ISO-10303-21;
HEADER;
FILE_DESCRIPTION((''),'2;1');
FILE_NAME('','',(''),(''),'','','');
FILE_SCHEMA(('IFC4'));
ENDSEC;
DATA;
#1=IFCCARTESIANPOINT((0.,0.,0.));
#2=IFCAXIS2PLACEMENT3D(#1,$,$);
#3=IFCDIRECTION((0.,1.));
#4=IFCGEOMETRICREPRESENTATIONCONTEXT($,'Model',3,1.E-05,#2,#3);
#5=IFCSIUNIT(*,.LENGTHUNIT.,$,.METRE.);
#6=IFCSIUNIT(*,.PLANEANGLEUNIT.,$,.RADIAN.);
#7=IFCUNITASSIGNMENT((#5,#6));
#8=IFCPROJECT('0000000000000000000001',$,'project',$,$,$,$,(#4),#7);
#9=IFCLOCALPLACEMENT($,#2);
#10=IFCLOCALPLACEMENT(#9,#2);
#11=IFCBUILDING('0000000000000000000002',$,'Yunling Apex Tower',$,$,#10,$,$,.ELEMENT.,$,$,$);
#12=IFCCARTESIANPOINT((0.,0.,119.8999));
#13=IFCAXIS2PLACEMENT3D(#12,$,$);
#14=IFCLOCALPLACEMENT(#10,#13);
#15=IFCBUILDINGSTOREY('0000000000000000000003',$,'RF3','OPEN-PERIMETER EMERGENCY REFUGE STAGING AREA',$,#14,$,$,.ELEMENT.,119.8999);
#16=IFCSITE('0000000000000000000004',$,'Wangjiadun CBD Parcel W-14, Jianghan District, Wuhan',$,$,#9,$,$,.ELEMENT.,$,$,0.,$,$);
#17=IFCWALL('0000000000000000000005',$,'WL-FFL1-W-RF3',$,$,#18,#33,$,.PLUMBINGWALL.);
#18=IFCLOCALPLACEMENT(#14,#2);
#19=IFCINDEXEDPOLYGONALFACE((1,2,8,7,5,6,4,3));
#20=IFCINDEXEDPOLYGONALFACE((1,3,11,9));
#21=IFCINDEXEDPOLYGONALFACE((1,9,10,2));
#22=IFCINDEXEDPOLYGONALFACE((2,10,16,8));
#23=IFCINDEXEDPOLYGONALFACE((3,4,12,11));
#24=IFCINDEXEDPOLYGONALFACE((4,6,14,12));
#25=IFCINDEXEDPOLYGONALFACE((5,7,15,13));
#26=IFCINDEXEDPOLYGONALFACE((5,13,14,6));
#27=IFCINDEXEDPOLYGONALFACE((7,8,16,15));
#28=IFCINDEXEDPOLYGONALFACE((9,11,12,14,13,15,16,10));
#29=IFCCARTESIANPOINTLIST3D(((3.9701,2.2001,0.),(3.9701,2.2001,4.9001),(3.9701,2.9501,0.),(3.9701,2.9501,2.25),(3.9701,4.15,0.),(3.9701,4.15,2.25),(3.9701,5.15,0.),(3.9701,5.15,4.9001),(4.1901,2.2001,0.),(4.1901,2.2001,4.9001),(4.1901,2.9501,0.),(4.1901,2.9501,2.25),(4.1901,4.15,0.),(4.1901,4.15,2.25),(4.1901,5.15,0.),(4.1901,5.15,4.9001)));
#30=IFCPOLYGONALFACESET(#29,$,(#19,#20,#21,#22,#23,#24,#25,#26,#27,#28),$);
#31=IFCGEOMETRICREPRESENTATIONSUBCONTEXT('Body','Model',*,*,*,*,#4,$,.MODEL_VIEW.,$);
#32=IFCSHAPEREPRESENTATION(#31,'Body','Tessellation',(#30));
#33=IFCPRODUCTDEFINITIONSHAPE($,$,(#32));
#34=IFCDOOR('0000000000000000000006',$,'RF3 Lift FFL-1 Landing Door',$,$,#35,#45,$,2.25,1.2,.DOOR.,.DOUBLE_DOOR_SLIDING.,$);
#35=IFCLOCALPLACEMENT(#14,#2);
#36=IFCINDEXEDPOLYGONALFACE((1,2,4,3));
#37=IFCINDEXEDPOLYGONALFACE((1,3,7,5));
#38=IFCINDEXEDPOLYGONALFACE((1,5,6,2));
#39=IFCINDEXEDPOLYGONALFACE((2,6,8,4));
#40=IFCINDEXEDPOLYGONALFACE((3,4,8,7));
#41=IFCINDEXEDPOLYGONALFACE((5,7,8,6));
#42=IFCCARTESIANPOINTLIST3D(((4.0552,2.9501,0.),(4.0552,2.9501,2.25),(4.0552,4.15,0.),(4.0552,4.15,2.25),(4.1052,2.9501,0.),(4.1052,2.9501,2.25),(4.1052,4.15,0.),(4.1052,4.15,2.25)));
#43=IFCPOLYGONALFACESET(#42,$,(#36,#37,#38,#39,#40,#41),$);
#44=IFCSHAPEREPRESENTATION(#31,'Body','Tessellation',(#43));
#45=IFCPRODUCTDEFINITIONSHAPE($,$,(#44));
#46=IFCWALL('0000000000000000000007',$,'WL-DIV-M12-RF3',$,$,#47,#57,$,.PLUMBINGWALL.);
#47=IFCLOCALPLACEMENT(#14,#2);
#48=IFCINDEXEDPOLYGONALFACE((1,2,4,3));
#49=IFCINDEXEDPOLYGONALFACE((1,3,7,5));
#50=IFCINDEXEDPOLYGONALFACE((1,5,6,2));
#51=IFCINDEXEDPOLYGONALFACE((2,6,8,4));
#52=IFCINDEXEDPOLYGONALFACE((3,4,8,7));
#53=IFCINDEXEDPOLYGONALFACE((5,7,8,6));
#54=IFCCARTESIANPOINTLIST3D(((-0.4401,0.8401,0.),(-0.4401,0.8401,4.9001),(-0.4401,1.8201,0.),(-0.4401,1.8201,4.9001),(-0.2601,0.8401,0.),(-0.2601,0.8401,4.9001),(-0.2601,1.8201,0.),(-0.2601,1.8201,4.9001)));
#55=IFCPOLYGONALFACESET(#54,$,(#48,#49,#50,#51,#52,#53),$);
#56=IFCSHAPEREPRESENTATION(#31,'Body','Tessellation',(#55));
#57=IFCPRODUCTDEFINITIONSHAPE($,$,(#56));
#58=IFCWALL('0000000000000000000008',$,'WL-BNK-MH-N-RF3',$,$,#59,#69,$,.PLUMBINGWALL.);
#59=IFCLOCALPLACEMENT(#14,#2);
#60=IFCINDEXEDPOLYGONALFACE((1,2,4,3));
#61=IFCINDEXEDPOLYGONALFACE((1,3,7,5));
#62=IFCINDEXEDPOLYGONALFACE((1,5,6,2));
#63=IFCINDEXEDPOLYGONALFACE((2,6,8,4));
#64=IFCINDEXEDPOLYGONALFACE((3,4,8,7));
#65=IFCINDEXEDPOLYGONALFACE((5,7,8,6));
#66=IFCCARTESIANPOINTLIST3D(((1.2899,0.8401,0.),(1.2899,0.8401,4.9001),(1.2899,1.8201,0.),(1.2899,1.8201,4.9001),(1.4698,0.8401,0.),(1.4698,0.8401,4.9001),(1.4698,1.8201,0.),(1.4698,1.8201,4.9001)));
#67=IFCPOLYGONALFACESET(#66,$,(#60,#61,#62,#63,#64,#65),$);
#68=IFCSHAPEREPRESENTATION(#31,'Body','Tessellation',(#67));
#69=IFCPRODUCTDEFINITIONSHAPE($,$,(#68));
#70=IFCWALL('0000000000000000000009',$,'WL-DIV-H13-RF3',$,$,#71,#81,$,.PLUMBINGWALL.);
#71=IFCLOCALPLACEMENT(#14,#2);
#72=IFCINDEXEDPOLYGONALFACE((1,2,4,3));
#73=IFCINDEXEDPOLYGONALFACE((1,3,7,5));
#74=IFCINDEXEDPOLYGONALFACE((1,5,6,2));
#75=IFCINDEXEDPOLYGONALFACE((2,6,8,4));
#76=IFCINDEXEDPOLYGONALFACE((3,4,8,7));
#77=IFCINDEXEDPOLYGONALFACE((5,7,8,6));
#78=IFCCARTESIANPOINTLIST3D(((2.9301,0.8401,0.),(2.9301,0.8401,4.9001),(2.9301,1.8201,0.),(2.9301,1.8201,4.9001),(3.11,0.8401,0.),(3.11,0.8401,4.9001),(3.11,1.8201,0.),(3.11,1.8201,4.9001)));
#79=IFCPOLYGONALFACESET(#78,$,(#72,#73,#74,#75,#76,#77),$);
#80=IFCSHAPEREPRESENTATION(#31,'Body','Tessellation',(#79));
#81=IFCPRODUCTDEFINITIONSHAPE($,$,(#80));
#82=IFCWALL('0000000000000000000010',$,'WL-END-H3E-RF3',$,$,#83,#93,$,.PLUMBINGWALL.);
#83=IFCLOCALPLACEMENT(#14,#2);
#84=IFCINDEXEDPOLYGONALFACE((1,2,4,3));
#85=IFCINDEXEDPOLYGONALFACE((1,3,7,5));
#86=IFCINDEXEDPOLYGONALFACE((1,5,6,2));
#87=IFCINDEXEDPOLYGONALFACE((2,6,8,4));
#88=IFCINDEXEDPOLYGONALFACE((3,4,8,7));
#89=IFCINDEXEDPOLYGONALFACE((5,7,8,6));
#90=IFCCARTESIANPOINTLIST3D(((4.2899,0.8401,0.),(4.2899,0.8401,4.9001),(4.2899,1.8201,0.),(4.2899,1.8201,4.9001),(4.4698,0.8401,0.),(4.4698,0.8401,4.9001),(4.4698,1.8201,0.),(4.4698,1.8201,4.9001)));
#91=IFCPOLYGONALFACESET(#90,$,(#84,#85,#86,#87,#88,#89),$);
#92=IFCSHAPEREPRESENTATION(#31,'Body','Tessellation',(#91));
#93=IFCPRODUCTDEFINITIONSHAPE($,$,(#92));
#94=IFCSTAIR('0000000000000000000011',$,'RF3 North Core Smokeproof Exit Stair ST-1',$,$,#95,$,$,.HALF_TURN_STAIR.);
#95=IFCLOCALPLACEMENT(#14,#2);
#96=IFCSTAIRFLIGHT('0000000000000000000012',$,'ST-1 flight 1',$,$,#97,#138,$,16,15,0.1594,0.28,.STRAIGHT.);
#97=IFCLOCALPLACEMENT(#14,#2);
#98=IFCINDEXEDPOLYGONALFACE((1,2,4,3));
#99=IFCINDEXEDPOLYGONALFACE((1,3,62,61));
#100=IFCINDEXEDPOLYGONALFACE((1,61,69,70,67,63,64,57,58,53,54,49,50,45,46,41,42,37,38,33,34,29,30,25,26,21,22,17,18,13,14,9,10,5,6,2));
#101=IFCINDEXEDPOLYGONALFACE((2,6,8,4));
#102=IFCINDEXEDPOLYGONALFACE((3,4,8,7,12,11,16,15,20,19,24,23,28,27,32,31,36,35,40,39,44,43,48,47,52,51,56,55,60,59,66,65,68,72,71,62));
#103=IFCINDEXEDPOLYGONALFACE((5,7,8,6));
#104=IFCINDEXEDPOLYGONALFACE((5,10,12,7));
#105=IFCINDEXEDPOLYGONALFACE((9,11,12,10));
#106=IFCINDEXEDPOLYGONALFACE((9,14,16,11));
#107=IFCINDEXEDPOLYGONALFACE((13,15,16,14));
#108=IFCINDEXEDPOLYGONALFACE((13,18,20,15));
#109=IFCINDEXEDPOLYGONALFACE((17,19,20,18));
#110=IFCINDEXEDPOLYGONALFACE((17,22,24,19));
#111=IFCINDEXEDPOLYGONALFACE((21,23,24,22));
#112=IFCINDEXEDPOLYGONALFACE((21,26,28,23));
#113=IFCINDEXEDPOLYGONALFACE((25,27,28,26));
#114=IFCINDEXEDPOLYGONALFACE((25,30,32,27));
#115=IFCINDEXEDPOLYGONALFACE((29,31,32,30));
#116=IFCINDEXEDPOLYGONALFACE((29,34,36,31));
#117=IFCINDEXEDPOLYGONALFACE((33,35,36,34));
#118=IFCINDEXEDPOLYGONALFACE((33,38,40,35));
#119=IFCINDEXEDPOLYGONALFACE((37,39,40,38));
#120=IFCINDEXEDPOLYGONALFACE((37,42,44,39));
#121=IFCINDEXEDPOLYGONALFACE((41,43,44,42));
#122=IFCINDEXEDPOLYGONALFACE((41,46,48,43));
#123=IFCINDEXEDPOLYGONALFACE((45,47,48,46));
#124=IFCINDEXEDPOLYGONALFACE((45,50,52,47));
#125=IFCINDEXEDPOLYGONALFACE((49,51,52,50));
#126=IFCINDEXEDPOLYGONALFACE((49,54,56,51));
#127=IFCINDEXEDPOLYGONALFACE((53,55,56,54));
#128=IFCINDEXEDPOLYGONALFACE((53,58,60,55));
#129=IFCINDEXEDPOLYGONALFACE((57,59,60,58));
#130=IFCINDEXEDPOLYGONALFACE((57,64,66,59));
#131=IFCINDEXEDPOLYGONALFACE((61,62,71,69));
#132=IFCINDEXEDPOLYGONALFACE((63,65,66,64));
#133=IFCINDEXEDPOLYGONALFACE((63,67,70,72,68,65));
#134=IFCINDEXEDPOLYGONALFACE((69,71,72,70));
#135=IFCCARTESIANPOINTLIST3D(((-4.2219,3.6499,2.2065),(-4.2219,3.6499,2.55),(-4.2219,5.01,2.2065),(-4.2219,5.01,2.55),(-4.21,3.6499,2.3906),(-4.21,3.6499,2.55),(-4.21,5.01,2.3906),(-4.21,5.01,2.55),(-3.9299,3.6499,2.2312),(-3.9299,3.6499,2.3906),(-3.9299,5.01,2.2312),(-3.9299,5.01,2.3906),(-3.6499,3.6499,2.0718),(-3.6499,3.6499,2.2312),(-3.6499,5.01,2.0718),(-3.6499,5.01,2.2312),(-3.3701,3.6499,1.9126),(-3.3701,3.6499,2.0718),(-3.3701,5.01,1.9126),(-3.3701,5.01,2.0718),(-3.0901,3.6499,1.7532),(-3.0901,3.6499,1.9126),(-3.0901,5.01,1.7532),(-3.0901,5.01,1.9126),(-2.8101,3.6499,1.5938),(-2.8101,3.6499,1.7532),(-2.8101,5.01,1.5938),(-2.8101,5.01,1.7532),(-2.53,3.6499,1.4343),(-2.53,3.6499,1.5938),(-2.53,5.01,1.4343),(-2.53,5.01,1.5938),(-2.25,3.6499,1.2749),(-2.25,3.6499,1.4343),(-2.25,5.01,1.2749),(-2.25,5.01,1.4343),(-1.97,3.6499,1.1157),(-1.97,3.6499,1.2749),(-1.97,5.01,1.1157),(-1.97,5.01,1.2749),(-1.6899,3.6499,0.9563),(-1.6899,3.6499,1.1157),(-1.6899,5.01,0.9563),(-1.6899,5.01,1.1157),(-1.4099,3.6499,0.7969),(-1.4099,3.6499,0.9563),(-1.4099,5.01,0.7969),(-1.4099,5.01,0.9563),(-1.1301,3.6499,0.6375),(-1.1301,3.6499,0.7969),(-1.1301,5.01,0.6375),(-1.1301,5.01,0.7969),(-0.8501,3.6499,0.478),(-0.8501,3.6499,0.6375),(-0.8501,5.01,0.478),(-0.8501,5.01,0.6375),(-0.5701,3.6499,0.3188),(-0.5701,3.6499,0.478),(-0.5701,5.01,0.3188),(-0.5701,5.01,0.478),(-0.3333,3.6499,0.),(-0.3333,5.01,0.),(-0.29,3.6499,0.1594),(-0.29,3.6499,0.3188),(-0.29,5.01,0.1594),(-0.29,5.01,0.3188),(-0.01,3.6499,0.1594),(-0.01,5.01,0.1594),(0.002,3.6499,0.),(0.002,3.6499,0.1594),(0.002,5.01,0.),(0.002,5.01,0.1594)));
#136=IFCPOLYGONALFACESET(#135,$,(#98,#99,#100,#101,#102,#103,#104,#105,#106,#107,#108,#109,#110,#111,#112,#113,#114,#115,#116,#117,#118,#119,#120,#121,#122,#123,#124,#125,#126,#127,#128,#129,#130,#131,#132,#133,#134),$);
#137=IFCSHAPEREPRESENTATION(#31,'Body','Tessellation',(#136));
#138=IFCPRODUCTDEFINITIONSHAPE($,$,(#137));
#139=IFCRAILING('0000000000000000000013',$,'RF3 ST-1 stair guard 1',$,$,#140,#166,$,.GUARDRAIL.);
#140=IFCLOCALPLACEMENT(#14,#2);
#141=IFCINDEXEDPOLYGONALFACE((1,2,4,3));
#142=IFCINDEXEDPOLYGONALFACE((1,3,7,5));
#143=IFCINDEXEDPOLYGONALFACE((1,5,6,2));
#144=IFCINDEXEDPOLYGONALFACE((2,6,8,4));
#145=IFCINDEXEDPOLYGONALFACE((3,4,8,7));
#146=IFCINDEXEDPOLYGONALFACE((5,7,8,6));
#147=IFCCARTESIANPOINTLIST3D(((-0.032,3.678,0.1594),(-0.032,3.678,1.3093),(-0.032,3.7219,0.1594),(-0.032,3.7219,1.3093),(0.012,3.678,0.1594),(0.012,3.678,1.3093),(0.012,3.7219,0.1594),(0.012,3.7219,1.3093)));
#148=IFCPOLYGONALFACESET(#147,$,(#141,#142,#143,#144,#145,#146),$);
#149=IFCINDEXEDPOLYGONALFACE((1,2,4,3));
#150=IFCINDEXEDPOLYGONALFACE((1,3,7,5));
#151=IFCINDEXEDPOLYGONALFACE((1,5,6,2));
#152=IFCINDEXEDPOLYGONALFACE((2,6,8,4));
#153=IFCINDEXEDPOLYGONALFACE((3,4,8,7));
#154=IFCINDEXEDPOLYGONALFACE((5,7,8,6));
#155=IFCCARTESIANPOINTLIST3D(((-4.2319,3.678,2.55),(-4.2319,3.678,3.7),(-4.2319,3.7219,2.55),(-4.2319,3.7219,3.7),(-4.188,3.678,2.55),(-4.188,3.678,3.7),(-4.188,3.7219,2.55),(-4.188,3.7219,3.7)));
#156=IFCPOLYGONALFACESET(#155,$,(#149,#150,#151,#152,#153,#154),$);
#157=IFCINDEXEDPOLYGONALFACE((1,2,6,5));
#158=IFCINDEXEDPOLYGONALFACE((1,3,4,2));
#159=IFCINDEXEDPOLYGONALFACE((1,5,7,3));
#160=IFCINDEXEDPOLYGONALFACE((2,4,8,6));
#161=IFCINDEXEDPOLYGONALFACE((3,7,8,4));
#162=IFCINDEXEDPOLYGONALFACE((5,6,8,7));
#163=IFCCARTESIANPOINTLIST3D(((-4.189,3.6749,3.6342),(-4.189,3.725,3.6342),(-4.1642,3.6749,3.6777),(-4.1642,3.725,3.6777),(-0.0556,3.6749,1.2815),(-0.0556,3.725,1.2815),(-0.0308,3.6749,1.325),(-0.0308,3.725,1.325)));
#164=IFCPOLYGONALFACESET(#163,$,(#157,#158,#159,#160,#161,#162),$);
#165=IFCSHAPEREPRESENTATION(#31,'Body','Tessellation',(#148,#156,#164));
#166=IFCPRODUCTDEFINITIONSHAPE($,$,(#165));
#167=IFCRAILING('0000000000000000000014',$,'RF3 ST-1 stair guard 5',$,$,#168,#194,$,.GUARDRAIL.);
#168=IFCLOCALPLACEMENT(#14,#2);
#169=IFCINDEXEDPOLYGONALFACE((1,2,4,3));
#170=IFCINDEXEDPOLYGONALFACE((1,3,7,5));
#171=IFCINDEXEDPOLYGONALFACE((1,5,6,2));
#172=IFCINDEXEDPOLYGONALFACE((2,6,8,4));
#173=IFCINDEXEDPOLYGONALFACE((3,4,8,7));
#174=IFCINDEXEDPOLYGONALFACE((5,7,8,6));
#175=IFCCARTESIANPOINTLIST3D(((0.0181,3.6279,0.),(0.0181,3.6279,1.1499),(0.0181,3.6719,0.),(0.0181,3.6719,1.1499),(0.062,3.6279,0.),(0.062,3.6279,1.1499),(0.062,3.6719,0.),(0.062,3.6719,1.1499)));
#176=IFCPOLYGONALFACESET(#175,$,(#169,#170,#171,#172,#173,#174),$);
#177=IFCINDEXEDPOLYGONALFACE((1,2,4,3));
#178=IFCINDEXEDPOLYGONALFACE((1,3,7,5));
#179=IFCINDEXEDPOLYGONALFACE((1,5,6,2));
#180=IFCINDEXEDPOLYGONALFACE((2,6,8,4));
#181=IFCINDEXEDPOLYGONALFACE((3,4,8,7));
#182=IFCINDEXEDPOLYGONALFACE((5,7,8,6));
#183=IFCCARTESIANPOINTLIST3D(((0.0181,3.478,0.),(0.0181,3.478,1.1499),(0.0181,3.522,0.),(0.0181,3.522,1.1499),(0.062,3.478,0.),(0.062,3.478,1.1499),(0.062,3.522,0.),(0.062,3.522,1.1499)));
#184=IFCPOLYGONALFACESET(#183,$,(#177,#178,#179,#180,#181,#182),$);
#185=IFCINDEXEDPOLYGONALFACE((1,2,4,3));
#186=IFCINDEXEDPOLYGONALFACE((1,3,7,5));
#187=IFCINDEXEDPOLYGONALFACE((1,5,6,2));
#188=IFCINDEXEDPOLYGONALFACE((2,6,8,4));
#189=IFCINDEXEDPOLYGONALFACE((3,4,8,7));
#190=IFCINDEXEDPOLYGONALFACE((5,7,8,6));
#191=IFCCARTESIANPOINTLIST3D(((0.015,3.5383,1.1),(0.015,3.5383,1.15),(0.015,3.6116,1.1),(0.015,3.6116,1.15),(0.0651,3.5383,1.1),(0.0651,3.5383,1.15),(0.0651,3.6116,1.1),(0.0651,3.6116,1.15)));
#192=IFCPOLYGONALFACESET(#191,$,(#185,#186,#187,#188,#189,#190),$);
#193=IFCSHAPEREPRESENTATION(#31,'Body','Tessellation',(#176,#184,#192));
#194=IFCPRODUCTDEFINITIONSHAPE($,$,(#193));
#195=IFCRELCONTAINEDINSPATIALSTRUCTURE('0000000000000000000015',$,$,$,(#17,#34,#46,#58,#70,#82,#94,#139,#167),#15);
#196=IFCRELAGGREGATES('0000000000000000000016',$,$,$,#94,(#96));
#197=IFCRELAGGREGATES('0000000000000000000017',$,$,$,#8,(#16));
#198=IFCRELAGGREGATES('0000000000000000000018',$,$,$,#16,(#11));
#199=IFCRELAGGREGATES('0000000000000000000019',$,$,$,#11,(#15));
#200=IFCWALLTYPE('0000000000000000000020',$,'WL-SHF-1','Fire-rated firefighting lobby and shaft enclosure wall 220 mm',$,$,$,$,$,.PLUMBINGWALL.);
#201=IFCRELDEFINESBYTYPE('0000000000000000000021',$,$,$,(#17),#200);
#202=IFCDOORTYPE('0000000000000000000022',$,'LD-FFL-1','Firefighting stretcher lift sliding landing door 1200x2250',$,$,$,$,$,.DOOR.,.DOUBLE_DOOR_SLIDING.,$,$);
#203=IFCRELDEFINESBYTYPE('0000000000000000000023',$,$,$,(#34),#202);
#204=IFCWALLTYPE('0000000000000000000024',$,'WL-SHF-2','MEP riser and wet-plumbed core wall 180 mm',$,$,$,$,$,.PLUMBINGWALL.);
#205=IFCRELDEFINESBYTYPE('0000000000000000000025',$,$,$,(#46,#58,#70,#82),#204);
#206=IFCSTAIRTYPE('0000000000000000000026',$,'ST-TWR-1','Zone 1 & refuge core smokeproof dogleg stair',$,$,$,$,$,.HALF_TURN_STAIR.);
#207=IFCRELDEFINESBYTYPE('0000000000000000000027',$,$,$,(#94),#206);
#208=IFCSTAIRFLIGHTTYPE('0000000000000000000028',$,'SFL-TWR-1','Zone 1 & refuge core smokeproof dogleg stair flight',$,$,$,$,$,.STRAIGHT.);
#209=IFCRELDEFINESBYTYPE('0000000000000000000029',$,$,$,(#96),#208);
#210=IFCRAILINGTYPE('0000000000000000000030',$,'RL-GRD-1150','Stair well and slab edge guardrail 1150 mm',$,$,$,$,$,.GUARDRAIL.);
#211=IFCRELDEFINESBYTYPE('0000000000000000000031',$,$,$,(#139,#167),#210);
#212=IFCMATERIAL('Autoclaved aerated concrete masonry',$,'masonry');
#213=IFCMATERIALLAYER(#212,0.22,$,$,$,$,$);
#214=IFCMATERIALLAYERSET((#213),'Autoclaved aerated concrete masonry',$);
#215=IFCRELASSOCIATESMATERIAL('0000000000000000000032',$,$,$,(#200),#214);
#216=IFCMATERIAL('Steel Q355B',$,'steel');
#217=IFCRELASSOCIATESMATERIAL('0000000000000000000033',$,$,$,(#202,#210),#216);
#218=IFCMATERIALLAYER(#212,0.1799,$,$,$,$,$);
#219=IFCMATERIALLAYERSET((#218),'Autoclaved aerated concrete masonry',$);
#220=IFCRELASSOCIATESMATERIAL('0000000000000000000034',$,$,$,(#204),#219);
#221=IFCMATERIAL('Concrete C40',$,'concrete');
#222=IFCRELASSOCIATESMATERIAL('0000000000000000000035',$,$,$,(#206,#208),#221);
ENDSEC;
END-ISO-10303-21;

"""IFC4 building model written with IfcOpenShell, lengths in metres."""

from ifc_helpers import new_model, si_unit, direction, frame, frame_2d, origin, origin_2d, place, context, subcontext, project, spatial, polyline, rectangle, outline, extrude, material, layer, layer_set, type_object, element, fill, aggregate, save


model = new_model("IFC4")

# Units and contexts
model_context = context("Model", 3, precision=1e-05, world=origin(), true_north=direction((0.0, 1.0)))
body_context = subcontext(model_context, "Body", "Model", "MODEL_VIEW")
ifc_project = project(units=[si_unit("LENGTHUNIT", "METRE"), si_unit("PLANEANGLEUNIT", "RADIAN")], contexts=[model_context])

# Site, building, storey
site_placement = place(None, origin())
site = spatial("IfcSite", under=ifc_project, at=site_placement, Name="Wangjiadun CBD Parcel W-14, Jianghan District, Wuhan", CompositionType="ELEMENT", RefElevation=0.0)
building_placement = place(site_placement, origin())
building = spatial("IfcBuilding", under=site, at=building_placement, Name="Yunling Apex Tower", CompositionType="ELEMENT")
storey_placement = place(building_placement, frame((0.0, 0.0, 119.8999)))
storey = spatial("IfcBuildingStorey", under=building, at=storey_placement, Name="RF3", Description="OPEN-PERIMETER EMERGENCY REFUGE STAGING AREA", CompositionType="ELEMENT", Elevation=119.8999)

# Shared definitions
ifc_material_1 = material(Name="Steel Q355B", Category="steel")

# Shared definitions
ifc_material_2 = material(Name="Concrete C40", Category="concrete")

# Wall, opening, door
ifc_material_3 = material(Name="Autoclaved aerated concrete masonry", Category="masonry")
ifc_layer_1 = layer(ifc_material_3, 0.22)
ifc_layer_set_1 = layer_set([ifc_layer_1], Name="Autoclaved aerated concrete masonry")
wall_type_1 = type_object("IfcWallType", Name="WL-SHF-1", Description="Fire-rated firefighting lobby and shaft enclosure wall 220 mm", PredefinedType="PLUMBINGWALL", material=ifc_layer_set_1)
wall_1_placement = place(storey_placement, frame((4.0801, 2.2, 0.0), z_axis=(0.0, 0.0, 1.0), x_axis=(0.0, 1.0, 0.0)))
wall_1 = element("IfcWall", 1, at=wall_1_placement, inside=storey, type_object=wall_type_1, Name="WL-FFL1-W-RF3", PredefinedType="PLUMBINGWALL", context=body_context, shape_type="SweptSolid", body=[
    extrude(rectangle(XDim=2.95, YDim=0.22, at=frame_2d((1.4751, 0.0))), origin(), (0.0, 0.0, 1.0), 4.9001),
])
opening_1_placement = place(wall_1_placement, frame((0.75, 0.0, 0.0)))
opening_1 = element("IfcOpeningElement", 2, at=opening_1_placement, cuts=wall_1, PredefinedType="OPENING", context=body_context, shape_type="SweptSolid", body=[
    extrude(rectangle(XDim=1.2, YDim=2.25, at=frame_2d((0.6001, 1.125))), frame((0.0, 0.1201, 0.0), z_axis=(0.0, -1.0, 0.0), x_axis=(1.0, 0.0, 0.0)), (0.0, 0.0, 1.0), 0.24),
])
door_type_1 = type_object("IfcDoorType", Name="LD-FFL-1", Description="Firefighting stretcher lift sliding landing door 1200x2250", OperationType="DOUBLE_DOOR_SLIDING", PredefinedType="DOOR", material=ifc_material_1)
door_1_placement = place(opening_1_placement, origin())
door_1 = element("IfcDoor", 3, at=door_1_placement, inside=storey, type_object=door_type_1, Name="RF3 Lift FFL-1 Landing Door", OperationType="DOUBLE_DOOR_SLIDING", OverallHeight=2.25, OverallWidth=1.2, PredefinedType="DOOR", context=body_context, shape_type="SweptSolid", body=[
    extrude(rectangle(XDim=1.2, YDim=2.25, at=frame_2d((0.6001, 1.125))), frame((0.0, 0.0249, 0.0), z_axis=(0.0, -1.0, 0.0), x_axis=(1.0, 0.0, 0.0)), (0.0, 0.0, 1.0), 0.05),
])
fill(opening_1, door_1)

# Walls
ifc_layer_2 = layer(ifc_material_3, 0.1799)
ifc_layer_set_2 = layer_set([ifc_layer_2], Name="Autoclaved aerated concrete masonry")
wall_type_2 = type_object("IfcWallType", Name="WL-SHF-2", Description="MEP riser and wet-plumbed core wall 180 mm", PredefinedType="PLUMBINGWALL", material=ifc_layer_set_2)
for number, where, z_axis, x_axis, name in (
    (4, (-0.3501, 0.8401, 0.0), (0.0, 0.0, 1.0), (0.0, 1.0, 0.0), "WL-DIV-M12-RF3"),
    (5, (1.3799, 0.8401, 0.0), (0.0, 0.0, 1.0), (0.0, 1.0, 0.0), "WL-BNK-MH-N-RF3"),
    (6, (3.02, 0.8401, 0.0), (0.0, 0.0, 1.0), (0.0, 1.0, 0.0), "WL-DIV-H13-RF3"),
    (7, (4.3799, 0.8401, 0.0), (0.0, 0.0, 1.0), (0.0, 1.0, 0.0), "WL-END-H3E-RF3"),
):
    element("IfcWall", number, at=place(storey_placement, frame(where, z_axis=z_axis, x_axis=x_axis)), inside=storey, type_object=wall_type_2, Name=name, PredefinedType="PLUMBINGWALL", context=body_context, shape_type="SweptSolid", body=[
        extrude(rectangle(XDim=0.98, YDim=0.1799, at=frame_2d((0.49, 0.0))), origin(), (0.0, 0.0, 1.0), 4.9001),
    ])

# Stair, stair flight
stair_type = type_object("IfcStairType", Name="ST-TWR-1", Description="Zone 1 & refuge core smokeproof dogleg stair", PredefinedType="HALF_TURN_STAIR", material=ifc_material_2)
stair_placement = place(storey_placement, origin())
stair = element("IfcStair", 8, at=stair_placement, inside=storey, type_object=stair_type, Name="RF3 North Core Smokeproof Exit Stair ST-1", PredefinedType="HALF_TURN_STAIR")
stair_flight_type = type_object("IfcStairFlightType", Name="SFL-TWR-1", Description="Zone 1 & refuge core smokeproof dogleg stair flight", PredefinedType="STRAIGHT", material=ifc_material_2)
stair_flight_placement = place(storey_placement, frame((-0.01, 4.3301, 0.0), z_axis=(0.0, 0.0, 1.0), x_axis=(-1.0, 0.0, 0.0)))
stair_flight = element("IfcStairFlight", 9, at=stair_flight_placement, type_object=stair_flight_type, Name="ST-1 flight 1", NumberOfRisers=16, NumberOfTreads=15, PredefinedType="STRAIGHT", RiserHeight=0.1594, TreadLength=0.28, context=body_context, shape_type="SweptSolid", body=[
    extrude(outline(polyline([(-0.012, 0.0), (-0.012, 0.1594), (0.0, 0.1594), (0.28, 0.1594), (0.28, 0.3188), (0.5601, 0.3188), (0.5601, 0.478), (0.8401, 0.478), (0.8401, 0.6375), (1.1201, 0.6375), (1.1201, 0.7969), (1.3999, 0.7969), (1.3999, 0.9563), (1.6799, 0.9563), (1.6799, 1.1157), (1.96, 1.1157), (1.96, 1.2749), (2.24, 1.2749), (2.24, 1.4343), (2.52, 1.4343), (2.52, 1.5938), (2.8, 1.5938), (2.8, 1.7532), (3.0801, 1.7532), (3.0801, 1.9126), (3.3601, 1.9126), (3.3601, 2.0718), (3.6399, 2.0718), (3.6399, 2.2312), (3.9199, 2.2312), (3.9199, 2.3906), (4.2, 2.3906), (4.2, 2.55), (4.2119, 2.55), (4.2119, 2.2065), (0.3232, 0.0), (-0.012, 0.0)])), frame((0.0, 0.6802, 0.0), z_axis=(0.0, -1.0, 0.0), x_axis=(1.0, 0.0, 0.0)), (0.0, 0.0, 1.0), 1.3601),
])
aggregate(stair, [stair_flight])

# Railings
railing_type_1 = type_object("IfcRailingType", Name="RL-GRD-1150", Description="Stair well and slab edge guardrail 1150 mm", PredefinedType="GUARDRAIL", material=ifc_material_1)
railing_1_placement = place(storey_placement, frame((-0.01, 3.7, 0.1594)))
element("IfcRailing", 10, at=railing_1_placement, inside=storey, type_object=railing_type_1, Name="RF3 ST-1 stair guard 1", PredefinedType="GUARDRAIL", context=body_context, shape_type="SweptSolid", body=[
    extrude(rectangle(XDim=0.0439, YDim=0.0439, at=origin_2d()), origin(), (0.0, 0.0, 1.0), 1.1499),
    extrude(rectangle(XDim=0.0439, YDim=0.0439, at=origin_2d()), frame((-4.2, 0.0, 2.3906)), (0.0, 0.0, 1.0), 1.1499),
    extrude(rectangle(XDim=0.05, YDim=0.05, at=origin_2d()), frame((-0.0332, 0.0, 1.1438), z_axis=(-0.869075, 0.0, 0.49468), x_axis=(0.0, -1.0, 0.0)), (0.0, 0.0, 1.0), 4.7561),
])
railing_2_placement = place(storey_placement, frame((0.04, 3.6499, 0.0)))
element("IfcRailing", 11, at=railing_2_placement, inside=storey, type_object=railing_type_1, Name="RF3 ST-1 stair guard 5", PredefinedType="GUARDRAIL", context=body_context, shape_type="SweptSolid", body=[
    extrude(rectangle(XDim=0.0439, YDim=0.0439, at=origin_2d()), origin(), (0.0, 0.0, 1.0), 1.1499),
    extrude(rectangle(XDim=0.0439, YDim=0.0439, at=origin_2d()), frame((0.0, -0.1499, 0.0)), (0.0, 0.0, 1.0), 1.1499),
    extrude(rectangle(XDim=0.05, YDim=0.05, at=origin_2d()), frame((0.0, -0.0383, 1.125), z_axis=(0.0, -1.0, 0.0), x_axis=(1.0, 0.0, 0.0)), (0.0, 0.0, 1.0), 0.0732),
])

save(model, "model.ifc")
